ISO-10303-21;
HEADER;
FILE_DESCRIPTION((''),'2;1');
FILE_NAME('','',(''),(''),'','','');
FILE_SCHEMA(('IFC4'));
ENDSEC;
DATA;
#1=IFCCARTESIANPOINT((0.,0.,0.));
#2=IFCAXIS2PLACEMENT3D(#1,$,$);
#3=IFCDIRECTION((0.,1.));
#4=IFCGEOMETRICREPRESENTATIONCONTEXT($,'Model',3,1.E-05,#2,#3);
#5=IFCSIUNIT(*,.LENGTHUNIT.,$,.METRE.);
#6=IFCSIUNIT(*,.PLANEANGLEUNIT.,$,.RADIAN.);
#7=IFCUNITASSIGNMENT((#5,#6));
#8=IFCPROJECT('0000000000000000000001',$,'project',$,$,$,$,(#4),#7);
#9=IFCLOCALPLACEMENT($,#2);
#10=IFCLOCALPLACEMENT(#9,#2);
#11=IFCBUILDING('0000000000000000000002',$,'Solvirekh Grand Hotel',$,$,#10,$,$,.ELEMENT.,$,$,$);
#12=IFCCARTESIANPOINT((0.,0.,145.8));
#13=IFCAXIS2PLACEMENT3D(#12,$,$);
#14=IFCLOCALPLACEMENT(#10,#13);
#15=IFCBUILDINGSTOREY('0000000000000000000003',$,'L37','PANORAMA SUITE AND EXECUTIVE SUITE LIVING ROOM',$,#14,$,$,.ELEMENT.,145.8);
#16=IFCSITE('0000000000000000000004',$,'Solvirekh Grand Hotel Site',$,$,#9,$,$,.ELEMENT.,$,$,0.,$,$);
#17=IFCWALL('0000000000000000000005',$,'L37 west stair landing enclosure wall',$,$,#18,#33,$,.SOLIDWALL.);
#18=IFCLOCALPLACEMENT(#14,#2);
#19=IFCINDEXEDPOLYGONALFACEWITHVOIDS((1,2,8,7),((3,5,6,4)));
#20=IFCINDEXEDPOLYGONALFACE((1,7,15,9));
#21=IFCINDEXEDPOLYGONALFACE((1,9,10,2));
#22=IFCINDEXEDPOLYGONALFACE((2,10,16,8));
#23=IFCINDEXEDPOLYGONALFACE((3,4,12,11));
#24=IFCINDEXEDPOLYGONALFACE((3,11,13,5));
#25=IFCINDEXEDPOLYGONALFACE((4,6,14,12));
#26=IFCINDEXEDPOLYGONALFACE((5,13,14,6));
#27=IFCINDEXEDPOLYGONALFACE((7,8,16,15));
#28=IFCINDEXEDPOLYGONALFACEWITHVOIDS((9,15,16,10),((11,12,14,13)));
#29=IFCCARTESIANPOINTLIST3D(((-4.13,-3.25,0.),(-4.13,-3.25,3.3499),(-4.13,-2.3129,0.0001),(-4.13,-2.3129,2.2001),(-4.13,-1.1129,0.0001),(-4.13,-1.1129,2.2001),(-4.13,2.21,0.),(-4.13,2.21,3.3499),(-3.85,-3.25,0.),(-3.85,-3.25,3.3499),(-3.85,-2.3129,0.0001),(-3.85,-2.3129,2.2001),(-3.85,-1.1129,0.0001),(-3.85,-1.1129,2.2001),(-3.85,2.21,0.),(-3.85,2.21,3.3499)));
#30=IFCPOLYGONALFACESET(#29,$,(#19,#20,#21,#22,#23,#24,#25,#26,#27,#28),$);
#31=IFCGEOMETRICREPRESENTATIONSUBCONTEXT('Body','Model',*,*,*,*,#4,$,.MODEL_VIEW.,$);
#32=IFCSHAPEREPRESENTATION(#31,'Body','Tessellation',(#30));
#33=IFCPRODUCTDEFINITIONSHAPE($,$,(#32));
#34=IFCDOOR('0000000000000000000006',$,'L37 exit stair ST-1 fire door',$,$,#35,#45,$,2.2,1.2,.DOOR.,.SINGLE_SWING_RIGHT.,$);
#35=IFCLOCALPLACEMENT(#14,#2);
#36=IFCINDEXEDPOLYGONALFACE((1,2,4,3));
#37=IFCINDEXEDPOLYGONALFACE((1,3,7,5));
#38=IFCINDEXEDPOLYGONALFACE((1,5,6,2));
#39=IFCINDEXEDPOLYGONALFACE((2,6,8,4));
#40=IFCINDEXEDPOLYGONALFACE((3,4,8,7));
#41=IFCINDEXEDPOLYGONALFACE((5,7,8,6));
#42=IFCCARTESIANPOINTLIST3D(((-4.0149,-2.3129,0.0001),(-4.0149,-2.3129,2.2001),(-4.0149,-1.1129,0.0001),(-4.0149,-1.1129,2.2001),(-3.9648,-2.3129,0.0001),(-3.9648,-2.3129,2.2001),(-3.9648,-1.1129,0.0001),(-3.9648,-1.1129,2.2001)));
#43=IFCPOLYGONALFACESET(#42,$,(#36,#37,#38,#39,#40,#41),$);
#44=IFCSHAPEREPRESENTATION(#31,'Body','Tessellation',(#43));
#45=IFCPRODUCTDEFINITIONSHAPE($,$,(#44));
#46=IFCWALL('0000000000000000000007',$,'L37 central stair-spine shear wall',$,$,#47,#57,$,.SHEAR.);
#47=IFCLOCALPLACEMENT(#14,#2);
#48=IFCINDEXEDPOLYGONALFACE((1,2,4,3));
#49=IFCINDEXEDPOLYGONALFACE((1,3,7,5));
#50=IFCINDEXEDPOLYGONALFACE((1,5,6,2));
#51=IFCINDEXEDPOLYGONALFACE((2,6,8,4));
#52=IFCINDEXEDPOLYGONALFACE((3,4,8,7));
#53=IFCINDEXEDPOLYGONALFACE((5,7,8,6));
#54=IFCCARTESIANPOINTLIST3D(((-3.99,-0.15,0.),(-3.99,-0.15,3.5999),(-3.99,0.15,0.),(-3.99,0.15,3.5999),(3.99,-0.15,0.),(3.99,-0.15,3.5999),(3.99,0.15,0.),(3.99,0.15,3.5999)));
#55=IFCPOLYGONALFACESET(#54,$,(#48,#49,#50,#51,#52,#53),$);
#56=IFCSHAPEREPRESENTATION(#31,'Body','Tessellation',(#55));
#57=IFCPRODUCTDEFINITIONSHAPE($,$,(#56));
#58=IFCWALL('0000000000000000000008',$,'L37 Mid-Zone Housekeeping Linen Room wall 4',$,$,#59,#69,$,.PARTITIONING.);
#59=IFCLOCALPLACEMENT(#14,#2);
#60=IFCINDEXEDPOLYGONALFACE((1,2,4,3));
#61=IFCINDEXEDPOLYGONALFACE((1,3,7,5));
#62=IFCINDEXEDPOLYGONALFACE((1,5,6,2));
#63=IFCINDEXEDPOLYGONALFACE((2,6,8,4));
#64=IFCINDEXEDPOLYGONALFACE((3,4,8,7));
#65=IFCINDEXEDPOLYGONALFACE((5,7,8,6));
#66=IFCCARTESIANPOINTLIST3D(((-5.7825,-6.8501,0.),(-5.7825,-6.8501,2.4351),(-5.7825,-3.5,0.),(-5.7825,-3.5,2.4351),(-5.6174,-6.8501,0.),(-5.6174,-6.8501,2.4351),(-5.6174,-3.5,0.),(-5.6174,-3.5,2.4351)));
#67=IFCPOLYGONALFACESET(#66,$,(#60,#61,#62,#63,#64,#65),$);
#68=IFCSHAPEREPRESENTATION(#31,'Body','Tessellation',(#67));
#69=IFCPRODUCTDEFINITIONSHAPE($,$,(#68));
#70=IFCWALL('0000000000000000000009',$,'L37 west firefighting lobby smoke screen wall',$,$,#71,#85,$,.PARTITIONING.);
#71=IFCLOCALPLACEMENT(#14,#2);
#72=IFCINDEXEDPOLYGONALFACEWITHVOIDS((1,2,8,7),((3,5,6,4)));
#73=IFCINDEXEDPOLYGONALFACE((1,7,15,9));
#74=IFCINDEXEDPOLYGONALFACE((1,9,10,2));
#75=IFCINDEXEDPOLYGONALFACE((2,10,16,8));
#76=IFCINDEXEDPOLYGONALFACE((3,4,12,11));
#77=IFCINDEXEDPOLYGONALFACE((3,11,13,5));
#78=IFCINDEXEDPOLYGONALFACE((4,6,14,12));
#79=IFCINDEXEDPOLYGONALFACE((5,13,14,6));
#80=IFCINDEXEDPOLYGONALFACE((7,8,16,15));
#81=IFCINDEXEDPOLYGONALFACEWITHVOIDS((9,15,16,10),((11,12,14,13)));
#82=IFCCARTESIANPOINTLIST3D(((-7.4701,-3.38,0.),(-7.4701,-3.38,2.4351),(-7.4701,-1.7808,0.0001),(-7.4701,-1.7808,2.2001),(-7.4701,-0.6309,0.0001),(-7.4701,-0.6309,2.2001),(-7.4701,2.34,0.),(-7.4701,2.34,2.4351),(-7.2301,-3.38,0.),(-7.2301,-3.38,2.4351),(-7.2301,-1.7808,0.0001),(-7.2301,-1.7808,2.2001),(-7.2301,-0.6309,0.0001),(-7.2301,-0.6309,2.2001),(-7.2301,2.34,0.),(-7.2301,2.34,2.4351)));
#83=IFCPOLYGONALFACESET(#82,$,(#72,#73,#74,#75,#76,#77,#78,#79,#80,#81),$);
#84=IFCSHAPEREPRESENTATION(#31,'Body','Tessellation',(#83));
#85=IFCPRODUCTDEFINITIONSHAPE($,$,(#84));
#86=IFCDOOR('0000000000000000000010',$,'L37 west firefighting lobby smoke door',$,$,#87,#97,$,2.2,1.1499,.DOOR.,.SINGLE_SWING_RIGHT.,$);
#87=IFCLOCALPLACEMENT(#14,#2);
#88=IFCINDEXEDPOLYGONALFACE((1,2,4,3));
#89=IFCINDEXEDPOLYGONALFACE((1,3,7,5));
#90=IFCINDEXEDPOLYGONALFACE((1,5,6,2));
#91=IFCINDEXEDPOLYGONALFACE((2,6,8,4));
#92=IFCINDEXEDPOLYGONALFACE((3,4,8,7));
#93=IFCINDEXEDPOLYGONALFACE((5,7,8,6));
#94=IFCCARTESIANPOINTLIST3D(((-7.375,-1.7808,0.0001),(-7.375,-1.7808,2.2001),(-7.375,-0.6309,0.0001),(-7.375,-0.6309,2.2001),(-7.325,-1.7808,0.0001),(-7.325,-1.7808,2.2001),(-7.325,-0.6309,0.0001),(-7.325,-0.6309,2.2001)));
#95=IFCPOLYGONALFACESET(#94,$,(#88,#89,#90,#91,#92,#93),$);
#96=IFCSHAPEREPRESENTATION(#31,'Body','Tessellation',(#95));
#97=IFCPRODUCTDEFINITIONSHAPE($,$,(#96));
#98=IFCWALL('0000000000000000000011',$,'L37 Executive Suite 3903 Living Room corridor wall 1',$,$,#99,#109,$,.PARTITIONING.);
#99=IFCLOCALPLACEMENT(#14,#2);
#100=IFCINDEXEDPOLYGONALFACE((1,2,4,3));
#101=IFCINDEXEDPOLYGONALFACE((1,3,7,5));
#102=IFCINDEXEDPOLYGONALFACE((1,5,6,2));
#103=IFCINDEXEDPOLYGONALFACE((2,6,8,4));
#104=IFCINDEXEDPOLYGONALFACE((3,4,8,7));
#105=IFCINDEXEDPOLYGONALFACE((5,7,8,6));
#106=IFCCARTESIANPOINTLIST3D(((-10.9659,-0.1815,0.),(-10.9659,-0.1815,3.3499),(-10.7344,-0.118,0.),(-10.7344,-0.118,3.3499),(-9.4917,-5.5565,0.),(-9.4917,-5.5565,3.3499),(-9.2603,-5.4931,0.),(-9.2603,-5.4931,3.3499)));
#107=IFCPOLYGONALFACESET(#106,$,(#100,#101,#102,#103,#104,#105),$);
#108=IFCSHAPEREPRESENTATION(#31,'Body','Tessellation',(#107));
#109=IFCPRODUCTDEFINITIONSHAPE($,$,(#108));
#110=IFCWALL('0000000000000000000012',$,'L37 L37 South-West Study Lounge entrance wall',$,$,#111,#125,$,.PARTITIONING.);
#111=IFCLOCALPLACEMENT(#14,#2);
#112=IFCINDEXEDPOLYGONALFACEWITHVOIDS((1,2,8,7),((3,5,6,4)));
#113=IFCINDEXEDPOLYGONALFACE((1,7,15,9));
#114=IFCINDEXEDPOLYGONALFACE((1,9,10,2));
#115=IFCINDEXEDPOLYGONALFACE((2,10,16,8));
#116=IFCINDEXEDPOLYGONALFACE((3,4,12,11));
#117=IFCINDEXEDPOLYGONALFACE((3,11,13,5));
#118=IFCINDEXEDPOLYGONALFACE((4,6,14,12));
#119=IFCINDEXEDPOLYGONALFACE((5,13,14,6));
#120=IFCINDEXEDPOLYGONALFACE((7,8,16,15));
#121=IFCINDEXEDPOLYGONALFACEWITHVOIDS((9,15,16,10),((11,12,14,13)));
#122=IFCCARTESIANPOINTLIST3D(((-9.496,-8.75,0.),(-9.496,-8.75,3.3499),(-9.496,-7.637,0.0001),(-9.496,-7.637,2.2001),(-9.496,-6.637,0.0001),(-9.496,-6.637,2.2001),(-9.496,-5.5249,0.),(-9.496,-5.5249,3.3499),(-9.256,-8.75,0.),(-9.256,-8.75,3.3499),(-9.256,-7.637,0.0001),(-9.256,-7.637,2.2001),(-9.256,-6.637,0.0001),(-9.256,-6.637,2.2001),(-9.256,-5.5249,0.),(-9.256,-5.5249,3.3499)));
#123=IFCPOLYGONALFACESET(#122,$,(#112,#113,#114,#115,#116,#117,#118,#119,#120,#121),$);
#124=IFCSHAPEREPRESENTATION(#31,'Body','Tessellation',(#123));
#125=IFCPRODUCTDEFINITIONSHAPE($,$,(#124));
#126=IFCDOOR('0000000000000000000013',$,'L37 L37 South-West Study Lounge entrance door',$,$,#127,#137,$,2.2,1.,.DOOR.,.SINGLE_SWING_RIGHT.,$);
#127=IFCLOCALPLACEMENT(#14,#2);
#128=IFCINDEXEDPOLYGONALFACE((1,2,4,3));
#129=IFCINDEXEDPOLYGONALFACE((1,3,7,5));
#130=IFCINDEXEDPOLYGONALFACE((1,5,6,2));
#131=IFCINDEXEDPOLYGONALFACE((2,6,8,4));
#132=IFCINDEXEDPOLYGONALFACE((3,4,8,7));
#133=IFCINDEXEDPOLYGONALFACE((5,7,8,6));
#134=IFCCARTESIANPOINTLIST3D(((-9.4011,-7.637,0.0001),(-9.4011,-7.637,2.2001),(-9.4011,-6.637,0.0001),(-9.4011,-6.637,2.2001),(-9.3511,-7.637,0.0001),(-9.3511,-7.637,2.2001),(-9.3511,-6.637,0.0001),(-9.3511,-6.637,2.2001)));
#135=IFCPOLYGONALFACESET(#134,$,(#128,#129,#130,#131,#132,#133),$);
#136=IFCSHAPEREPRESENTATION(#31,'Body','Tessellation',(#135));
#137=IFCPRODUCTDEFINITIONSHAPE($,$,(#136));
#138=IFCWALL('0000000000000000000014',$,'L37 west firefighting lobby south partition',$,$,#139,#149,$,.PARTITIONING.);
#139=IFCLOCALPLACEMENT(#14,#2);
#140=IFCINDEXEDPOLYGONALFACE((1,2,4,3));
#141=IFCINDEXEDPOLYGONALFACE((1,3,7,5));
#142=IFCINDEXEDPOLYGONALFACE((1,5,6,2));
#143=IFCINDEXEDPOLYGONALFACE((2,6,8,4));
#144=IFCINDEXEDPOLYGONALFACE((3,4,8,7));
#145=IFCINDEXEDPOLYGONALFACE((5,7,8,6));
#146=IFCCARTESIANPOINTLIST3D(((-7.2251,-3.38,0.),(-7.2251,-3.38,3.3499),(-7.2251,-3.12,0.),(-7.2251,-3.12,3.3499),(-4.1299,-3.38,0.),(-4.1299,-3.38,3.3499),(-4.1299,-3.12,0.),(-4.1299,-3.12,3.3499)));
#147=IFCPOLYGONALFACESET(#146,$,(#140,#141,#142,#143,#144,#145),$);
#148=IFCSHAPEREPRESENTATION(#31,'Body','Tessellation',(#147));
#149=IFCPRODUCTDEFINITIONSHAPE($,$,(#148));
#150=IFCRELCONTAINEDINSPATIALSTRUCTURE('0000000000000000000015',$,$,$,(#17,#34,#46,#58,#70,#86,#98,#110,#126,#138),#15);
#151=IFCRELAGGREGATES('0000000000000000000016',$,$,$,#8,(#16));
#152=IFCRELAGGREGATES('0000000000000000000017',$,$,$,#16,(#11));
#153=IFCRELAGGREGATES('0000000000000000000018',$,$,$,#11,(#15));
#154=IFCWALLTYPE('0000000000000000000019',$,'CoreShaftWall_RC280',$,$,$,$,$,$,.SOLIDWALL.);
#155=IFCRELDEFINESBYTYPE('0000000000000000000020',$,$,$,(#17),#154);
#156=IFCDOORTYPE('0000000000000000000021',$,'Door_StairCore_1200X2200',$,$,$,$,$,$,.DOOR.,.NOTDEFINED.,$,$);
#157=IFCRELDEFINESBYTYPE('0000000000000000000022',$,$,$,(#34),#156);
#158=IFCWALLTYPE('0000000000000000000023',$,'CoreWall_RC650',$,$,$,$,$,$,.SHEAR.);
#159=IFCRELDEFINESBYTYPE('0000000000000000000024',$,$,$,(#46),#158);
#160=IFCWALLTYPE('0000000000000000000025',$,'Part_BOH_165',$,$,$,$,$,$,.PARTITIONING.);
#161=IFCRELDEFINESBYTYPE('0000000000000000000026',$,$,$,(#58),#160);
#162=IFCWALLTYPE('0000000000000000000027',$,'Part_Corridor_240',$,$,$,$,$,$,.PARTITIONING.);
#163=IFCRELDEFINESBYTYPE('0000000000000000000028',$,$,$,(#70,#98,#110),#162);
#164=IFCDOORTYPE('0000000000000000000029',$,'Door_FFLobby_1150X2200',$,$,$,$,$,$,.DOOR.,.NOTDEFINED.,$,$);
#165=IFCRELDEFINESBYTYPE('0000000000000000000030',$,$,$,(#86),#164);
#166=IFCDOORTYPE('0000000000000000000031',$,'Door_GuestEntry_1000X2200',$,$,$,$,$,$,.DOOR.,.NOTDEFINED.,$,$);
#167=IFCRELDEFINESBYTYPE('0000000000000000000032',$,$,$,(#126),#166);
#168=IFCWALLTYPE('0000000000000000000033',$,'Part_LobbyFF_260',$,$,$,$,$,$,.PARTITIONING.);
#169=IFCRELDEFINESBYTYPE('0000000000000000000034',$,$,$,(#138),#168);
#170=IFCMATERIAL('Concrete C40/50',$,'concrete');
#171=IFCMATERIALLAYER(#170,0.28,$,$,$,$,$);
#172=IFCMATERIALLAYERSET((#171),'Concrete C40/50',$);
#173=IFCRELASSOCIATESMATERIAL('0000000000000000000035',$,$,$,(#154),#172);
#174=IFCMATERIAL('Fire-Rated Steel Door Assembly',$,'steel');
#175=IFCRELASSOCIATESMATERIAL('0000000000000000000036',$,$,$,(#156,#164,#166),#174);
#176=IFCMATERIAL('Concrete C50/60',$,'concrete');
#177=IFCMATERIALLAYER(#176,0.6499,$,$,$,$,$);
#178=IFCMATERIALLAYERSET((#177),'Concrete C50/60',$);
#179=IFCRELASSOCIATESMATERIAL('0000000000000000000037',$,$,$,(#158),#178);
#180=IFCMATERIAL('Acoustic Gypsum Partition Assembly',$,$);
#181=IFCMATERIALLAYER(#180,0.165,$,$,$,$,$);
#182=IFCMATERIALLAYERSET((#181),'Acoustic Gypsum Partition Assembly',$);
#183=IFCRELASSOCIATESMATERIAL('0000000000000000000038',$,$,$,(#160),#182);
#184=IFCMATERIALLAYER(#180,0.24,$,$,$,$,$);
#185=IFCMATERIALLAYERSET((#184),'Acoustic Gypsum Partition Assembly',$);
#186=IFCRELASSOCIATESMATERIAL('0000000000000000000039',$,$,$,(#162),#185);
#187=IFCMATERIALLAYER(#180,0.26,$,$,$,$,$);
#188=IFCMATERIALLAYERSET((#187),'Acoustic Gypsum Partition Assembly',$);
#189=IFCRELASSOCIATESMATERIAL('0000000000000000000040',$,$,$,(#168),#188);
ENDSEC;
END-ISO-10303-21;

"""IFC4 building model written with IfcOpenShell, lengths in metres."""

from ifc_helpers import new_model, si_unit, direction, frame, frame_2d, origin, place, context, subcontext, project, spatial, rectangle, extrude, material, layer, layer_set, type_object, element, fill, save


model = new_model("IFC4")

# Units and contexts
model_context = context("Model", 3, precision=1e-05, world=origin(), true_north=direction((0.0, 1.0)))
body_context = subcontext(model_context, "Body", "Model", "MODEL_VIEW")
ifc_project = project(units=[si_unit("LENGTHUNIT", "METRE"), si_unit("PLANEANGLEUNIT", "RADIAN")], contexts=[model_context])

# Site, building, storey
site_placement = place(None, origin())
site = spatial("IfcSite", under=ifc_project, at=site_placement, Name="Solvirekh Grand Hotel Site", CompositionType="ELEMENT", RefElevation=0.0)
building_placement = place(site_placement, origin())
building = spatial("IfcBuilding", under=site, at=building_placement, Name="Solvirekh Grand Hotel", CompositionType="ELEMENT")
storey_placement = place(building_placement, frame((0.0, 0.0, 145.8)))
storey = spatial("IfcBuildingStorey", under=building, at=storey_placement, Name="L37", Description="PANORAMA SUITE AND EXECUTIVE SUITE LIVING ROOM", CompositionType="ELEMENT", Elevation=145.8)

# Shared definitions
ifc_material_1 = material(Name="Concrete C50/60", Category="concrete")

# Shared definitions
ifc_material_2 = material(Name="Concrete C40/50", Category="concrete")

# Shared definitions
ifc_layer_1 = layer(ifc_material_2, 0.28)
ifc_layer_set_1 = layer_set([ifc_layer_1], Name="Concrete C40/50")
wall_type_1 = type_object("IfcWallType", Name="CoreShaftWall_RC280", PredefinedType="SOLIDWALL", material=ifc_layer_set_1)

# Wall, opening, door
wall_1_placement = place(storey_placement, frame((-3.99, -3.25, 0.0), z_axis=(0.0, 0.0, 1.0), x_axis=(0.0, 1.0, 0.0)))
wall_1 = element("IfcWall", 1, at=wall_1_placement, inside=storey, type_object=wall_type_1, Name="L37 west stair landing enclosure wall", PredefinedType="SOLIDWALL", context=body_context, shape_type="SweptSolid", body=[
    extrude(rectangle(XDim=5.46, YDim=0.28, at=frame_2d((2.73, 0.0))), origin(), (0.0, 0.0, 1.0), 3.3499),
])
opening_1_placement = place(wall_1_placement, frame((0.937, 0.0, 0.0)))
opening_1 = element("IfcOpeningElement", 2, at=opening_1_placement, cuts=wall_1, PredefinedType="OPENING", context=body_context, shape_type="SweptSolid", body=[
    extrude(rectangle(XDim=1.2, YDim=2.2, at=frame_2d((0.6001, 1.1001))), frame((0.0, 0.1499, 0.0), z_axis=(0.0, -1.0, 0.0), x_axis=(1.0, 0.0, 0.0)), (0.0, 0.0, 1.0), 0.3),
])
ifc_material_3 = material(Name="Fire-Rated Steel Door Assembly", Category="steel")
door_type_1 = type_object("IfcDoorType", Name="Door_StairCore_1200X2200", OperationType="NOTDEFINED", PredefinedType="DOOR", material=ifc_material_3)
door_1_placement = place(opening_1_placement, origin())
door_1 = element("IfcDoor", 3, at=door_1_placement, inside=storey, type_object=door_type_1, Name="L37 exit stair ST-1 fire door", OperationType="SINGLE_SWING_RIGHT", OverallHeight=2.2, OverallWidth=1.2, PredefinedType="DOOR", context=body_context, shape_type="SweptSolid", body=[
    extrude(rectangle(XDim=1.2, YDim=2.2, at=frame_2d((0.6001, 1.1001))), frame((0.0, 0.0249, 0.0), z_axis=(0.0, -1.0, 0.0), x_axis=(1.0, 0.0, 0.0)), (0.0, 0.0, 1.0), 0.05),
])
fill(opening_1, door_1)

# Walls
ifc_layer_2 = layer(ifc_material_1, 0.6499)
ifc_layer_set_2 = layer_set([ifc_layer_2], Name="Concrete C50/60")
wall_type_2 = type_object("IfcWallType", Name="CoreWall_RC650", PredefinedType="SHEAR", material=ifc_layer_set_2)
wall_2_placement = place(storey_placement, frame((-3.99, 0.0, 0.0), z_axis=(0.0, 0.0, 1.0), x_axis=(1.0, 0.0, 0.0)))
element("IfcWall", 4, at=wall_2_placement, inside=storey, type_object=wall_type_2, Name="L37 central stair-spine shear wall", PredefinedType="SHEAR", context=body_context, shape_type="SweptSolid", body=[
    extrude(rectangle(XDim=7.98, YDim=0.3, at=frame_2d((3.99, 0.0))), origin(), (0.0, 0.0, 1.0), 3.5999),
])
ifc_material_4 = material(Name="Acoustic Gypsum Partition Assembly")
ifc_layer_3 = layer(ifc_material_4, 0.165)
ifc_layer_set_3 = layer_set([ifc_layer_3], Name="Acoustic Gypsum Partition Assembly")
wall_type_3 = type_object("IfcWallType", Name="Part_BOH_165", PredefinedType="PARTITIONING", material=ifc_layer_set_3)
wall_3_placement = place(storey_placement, frame((-5.7, -3.5, 0.0), z_axis=(0.0, 0.0, 1.0), x_axis=(0.0, -1.0, 0.0)))
element("IfcWall", 5, at=wall_3_placement, inside=storey, type_object=wall_type_3, Name="L37 Mid-Zone Housekeeping Linen Room wall 4", PredefinedType="PARTITIONING", context=body_context, shape_type="SweptSolid", body=[
    extrude(rectangle(XDim=3.3501, YDim=0.165, at=frame_2d((1.675, 0.0))), origin(), (0.0, 0.0, 1.0), 2.4351),
])

# Wall, opening, door
ifc_layer_4 = layer(ifc_material_4, 0.24)
ifc_layer_set_4 = layer_set([ifc_layer_4], Name="Acoustic Gypsum Partition Assembly")
wall_type_4 = type_object("IfcWallType", Name="Part_Corridor_240", PredefinedType="PARTITIONING", material=ifc_layer_set_4)
wall_4_placement = place(storey_placement, frame((-7.3501, -3.3799, 0.0), z_axis=(0.0, 0.0, 1.0), x_axis=(0.0, 1.0, 0.0)))
wall_4 = element("IfcWall", 6, at=wall_4_placement, inside=storey, type_object=wall_type_4, Name="L37 west firefighting lobby smoke screen wall", PredefinedType="PARTITIONING", context=body_context, shape_type="SweptSolid", body=[
    extrude(rectangle(XDim=5.72, YDim=0.24, at=frame_2d((2.8599, 0.0))), origin(), (0.0, 0.0, 1.0), 2.4351),
])
opening_2_placement = place(wall_4_placement, frame((1.5991, 0.0, 0.0)))
opening_2 = element("IfcOpeningElement", 7, at=opening_2_placement, cuts=wall_4, PredefinedType="OPENING", context=body_context, shape_type="SweptSolid", body=[
    extrude(rectangle(XDim=1.1499, YDim=2.2, at=frame_2d((0.575, 1.1001))), frame((0.0, 0.1299, 0.0), z_axis=(0.0, -1.0, 0.0), x_axis=(1.0, 0.0, 0.0)), (0.0, 0.0, 1.0), 0.26),
])
door_type_2 = type_object("IfcDoorType", Name="Door_FFLobby_1150X2200", OperationType="NOTDEFINED", PredefinedType="DOOR", material=ifc_material_3)
door_2_placement = place(opening_2_placement, origin())
door_2 = element("IfcDoor", 8, at=door_2_placement, inside=storey, type_object=door_type_2, Name="L37 west firefighting lobby smoke door", OperationType="SINGLE_SWING_RIGHT", OverallHeight=2.2, OverallWidth=1.1499, PredefinedType="DOOR", context=body_context, shape_type="SweptSolid", body=[
    extrude(rectangle(XDim=1.1499, YDim=2.2, at=frame_2d((0.575, 1.1001))), frame((0.0, 0.0249, 0.0), z_axis=(0.0, -1.0, 0.0), x_axis=(1.0, 0.0, 0.0)), (0.0, 0.0, 1.0), 0.05),
])
fill(opening_2, door_2)

# Wall
wall_5_placement = place(storey_placement, frame((-10.8501, -0.1499, 0.0), z_axis=(0.0, 0.0, 1.0), x_axis=(0.264489, -0.964389, 0.0)))
element("IfcWall", 9, at=wall_5_placement, inside=storey, type_object=wall_type_4, Name="L37 Executive Suite 3903 Living Room corridor wall 1", PredefinedType="PARTITIONING", context=body_context, shape_type="SweptSolid", body=[
    extrude(rectangle(XDim=5.5735, YDim=0.24, at=frame_2d((2.7866, 0.0))), origin(), (0.0, 0.0, 1.0), 3.3499),
])

# Wall, opening, door
wall_6_placement = place(storey_placement, frame((-9.376, -5.5249, 0.0), z_axis=(0.0, 0.0, 1.0), x_axis=(0.0, -1.0, 0.0)))
wall_6 = element("IfcWall", 10, at=wall_6_placement, inside=storey, type_object=wall_type_4, Name="L37 L37 South-West Study Lounge entrance wall", PredefinedType="PARTITIONING", context=body_context, shape_type="SweptSolid", body=[
    extrude(rectangle(XDim=3.2251, YDim=0.24, at=frame_2d((1.6125, 0.0))), origin(), (0.0, 0.0, 1.0), 3.3499),
])
opening_3_placement = place(wall_6_placement, frame((1.1121, 0.0, 0.0)))
opening_3 = element("IfcOpeningElement", 11, at=opening_3_placement, cuts=wall_6, PredefinedType="OPENING", context=body_context, shape_type="SweptSolid", body=[
    extrude(rectangle(XDim=1.0, YDim=2.2, at=frame_2d((0.5, 1.1001))), frame((0.0, 0.1299, 0.0), z_axis=(0.0, -1.0, 0.0), x_axis=(1.0, 0.0, 0.0)), (0.0, 0.0, 1.0), 0.26),
])
door_type_3 = type_object("IfcDoorType", Name="Door_GuestEntry_1000X2200", OperationType="NOTDEFINED", PredefinedType="DOOR", material=ifc_material_3)
door_3_placement = place(opening_3_placement, origin())
door_3 = element("IfcDoor", 12, at=door_3_placement, inside=storey, type_object=door_type_3, Name="L37 L37 South-West Study Lounge entrance door", OperationType="SINGLE_SWING_RIGHT", OverallHeight=2.2, OverallWidth=1.0, PredefinedType="DOOR", context=body_context, shape_type="SweptSolid", body=[
    extrude(rectangle(XDim=1.0, YDim=2.2, at=frame_2d((0.5, 1.1001))), frame((0.0, 0.0249, 0.0), z_axis=(0.0, -1.0, 0.0), x_axis=(1.0, 0.0, 0.0)), (0.0, 0.0, 1.0), 0.05),
])
fill(opening_3, door_3)

# Wall
ifc_layer_5 = layer(ifc_material_4, 0.26)
ifc_layer_set_5 = layer_set([ifc_layer_5], Name="Acoustic Gypsum Partition Assembly")
wall_type_5 = type_object("IfcWallType", Name="Part_LobbyFF_260", PredefinedType="PARTITIONING", material=ifc_layer_set_5)
wall_7_placement = place(storey_placement, frame((-7.2251, -3.25, 0.0), z_axis=(0.0, 0.0, 1.0), x_axis=(1.0, 0.0, 0.0)))
element("IfcWall", 13, at=wall_7_placement, inside=storey, type_object=wall_type_5, Name="L37 west firefighting lobby south partition", PredefinedType="PARTITIONING", context=body_context, shape_type="SweptSolid", body=[
    extrude(rectangle(XDim=3.0952, YDim=0.26, at=frame_2d((1.5476, 0.0))), origin(), (0.0, 0.0, 1.0), 3.3499),
])

save(model, "model.ifc")
